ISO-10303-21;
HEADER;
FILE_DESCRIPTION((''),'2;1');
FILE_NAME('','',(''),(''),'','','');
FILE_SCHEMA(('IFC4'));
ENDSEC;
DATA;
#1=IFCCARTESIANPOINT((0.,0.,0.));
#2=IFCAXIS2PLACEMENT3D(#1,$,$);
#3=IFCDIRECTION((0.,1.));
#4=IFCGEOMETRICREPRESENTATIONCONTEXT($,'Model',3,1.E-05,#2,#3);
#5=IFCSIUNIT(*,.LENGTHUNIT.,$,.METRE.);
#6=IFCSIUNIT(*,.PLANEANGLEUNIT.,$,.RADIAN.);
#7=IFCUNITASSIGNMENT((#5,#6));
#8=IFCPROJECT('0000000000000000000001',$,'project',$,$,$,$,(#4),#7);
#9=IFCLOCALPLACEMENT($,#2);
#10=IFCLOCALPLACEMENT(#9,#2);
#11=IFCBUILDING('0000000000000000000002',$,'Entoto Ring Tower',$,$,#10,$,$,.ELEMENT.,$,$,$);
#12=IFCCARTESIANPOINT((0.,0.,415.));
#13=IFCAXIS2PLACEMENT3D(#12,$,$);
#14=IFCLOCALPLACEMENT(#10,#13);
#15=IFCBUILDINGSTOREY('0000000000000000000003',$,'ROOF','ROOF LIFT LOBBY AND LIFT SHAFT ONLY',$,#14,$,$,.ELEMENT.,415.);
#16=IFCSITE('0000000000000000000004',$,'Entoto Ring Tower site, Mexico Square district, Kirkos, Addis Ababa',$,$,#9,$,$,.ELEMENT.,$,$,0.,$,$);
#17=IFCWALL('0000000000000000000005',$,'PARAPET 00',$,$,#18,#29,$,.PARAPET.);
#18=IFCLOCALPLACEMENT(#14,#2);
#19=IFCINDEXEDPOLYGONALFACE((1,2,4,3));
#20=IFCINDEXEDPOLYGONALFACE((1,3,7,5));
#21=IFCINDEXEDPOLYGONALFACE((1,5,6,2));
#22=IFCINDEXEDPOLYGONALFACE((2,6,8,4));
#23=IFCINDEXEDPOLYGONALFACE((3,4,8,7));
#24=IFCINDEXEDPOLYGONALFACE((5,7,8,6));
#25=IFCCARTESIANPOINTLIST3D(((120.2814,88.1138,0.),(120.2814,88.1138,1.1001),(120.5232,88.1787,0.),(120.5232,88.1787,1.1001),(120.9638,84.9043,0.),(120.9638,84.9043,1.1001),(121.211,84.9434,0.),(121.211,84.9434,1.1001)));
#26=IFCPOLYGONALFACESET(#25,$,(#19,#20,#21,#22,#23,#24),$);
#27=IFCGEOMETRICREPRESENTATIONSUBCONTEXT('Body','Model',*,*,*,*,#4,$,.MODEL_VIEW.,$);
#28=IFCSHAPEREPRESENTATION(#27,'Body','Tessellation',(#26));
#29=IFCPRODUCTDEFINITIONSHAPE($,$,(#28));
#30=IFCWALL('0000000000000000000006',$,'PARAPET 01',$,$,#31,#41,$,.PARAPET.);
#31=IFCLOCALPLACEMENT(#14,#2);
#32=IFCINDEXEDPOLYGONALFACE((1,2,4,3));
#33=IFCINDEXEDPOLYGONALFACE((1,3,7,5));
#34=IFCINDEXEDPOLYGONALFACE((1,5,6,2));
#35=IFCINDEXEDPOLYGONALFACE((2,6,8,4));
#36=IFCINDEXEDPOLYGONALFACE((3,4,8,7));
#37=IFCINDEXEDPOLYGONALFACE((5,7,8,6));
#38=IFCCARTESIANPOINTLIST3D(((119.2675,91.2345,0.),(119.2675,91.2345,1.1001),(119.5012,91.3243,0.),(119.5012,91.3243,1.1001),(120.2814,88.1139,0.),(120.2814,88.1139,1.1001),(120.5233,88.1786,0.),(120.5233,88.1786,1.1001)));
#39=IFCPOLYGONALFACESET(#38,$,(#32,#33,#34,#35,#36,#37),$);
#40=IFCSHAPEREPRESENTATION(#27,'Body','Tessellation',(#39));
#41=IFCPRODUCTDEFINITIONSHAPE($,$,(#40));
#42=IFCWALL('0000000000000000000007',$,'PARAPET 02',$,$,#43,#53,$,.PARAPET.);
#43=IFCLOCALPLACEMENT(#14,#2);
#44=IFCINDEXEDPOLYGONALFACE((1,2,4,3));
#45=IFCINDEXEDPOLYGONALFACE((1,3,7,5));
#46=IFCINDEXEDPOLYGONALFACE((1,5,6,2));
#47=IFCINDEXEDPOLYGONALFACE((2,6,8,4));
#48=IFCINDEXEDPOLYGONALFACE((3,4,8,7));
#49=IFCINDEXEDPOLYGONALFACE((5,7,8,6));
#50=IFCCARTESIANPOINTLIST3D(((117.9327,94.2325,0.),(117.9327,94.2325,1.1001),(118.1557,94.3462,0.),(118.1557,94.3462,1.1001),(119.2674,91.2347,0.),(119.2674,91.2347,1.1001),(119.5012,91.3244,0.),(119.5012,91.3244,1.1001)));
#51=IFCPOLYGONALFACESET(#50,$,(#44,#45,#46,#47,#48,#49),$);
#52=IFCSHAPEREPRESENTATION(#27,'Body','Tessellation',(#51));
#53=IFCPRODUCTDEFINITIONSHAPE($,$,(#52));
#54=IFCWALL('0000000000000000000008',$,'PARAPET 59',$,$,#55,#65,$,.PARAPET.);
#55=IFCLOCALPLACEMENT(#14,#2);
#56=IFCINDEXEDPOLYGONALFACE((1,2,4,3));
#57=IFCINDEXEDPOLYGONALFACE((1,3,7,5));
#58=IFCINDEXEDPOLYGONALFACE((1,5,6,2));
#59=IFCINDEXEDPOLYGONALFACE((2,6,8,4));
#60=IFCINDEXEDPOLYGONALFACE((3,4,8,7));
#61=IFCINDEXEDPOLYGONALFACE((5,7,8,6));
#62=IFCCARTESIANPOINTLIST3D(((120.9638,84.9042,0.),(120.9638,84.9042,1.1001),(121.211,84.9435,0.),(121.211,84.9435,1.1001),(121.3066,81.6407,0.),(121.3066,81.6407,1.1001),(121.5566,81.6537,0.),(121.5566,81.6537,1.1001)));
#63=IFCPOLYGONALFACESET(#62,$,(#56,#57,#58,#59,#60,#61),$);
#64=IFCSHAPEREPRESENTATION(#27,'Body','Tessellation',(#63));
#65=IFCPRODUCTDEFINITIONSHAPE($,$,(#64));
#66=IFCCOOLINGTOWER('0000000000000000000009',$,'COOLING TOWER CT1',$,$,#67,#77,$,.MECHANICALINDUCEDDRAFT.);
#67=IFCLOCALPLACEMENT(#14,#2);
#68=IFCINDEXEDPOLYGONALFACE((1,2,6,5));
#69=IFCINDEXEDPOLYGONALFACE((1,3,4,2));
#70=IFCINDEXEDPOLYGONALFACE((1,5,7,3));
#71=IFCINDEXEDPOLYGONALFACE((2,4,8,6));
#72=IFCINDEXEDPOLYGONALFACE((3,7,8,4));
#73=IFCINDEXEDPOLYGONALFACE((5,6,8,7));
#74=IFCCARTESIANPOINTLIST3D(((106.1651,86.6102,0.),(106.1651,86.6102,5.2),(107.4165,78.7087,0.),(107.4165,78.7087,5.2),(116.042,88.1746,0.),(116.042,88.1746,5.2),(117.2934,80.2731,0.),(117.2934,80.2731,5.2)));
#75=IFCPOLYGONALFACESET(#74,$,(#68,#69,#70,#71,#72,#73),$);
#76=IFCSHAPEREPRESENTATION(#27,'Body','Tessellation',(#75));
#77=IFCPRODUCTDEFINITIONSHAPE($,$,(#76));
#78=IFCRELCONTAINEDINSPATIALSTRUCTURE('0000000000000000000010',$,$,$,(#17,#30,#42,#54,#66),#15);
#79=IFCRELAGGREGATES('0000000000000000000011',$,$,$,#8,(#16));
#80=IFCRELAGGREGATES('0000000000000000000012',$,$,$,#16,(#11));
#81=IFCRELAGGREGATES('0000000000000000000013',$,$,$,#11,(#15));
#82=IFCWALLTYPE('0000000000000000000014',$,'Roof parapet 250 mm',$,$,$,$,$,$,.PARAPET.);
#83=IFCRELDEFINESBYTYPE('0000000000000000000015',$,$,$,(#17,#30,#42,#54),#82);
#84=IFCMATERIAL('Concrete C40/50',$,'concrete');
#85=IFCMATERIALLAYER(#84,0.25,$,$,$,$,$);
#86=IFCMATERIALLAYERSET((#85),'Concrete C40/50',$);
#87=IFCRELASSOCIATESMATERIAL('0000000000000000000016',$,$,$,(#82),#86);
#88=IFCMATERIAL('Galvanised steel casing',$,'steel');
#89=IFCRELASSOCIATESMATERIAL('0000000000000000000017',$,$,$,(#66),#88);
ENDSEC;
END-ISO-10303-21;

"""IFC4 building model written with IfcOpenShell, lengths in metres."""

from ifc_helpers import new_model, si_unit, direction, frame, origin, origin_2d, place, context, subcontext, project, spatial, polyline, rectangle, outline, extrude, material, layer, layer_set, type_object, element, save


model = new_model("IFC4")

# Units and contexts
model_context = context("Model", 3, precision=1e-05, world=origin(), true_north=direction((0.0, 1.0)))
body_context = subcontext(model_context, "Body", "Model", "MODEL_VIEW")
ifc_project = project(units=[si_unit("LENGTHUNIT", "METRE"), si_unit("PLANEANGLEUNIT", "RADIAN")], contexts=[model_context])

# Site, building, storey
site_placement = place(None, origin())
site = spatial("IfcSite", under=ifc_project, at=site_placement, Name="Entoto Ring Tower site, Mexico Square district, Kirkos, Addis Ababa", CompositionType="ELEMENT", RefElevation=0.0)
building_placement = place(site_placement, origin())
building = spatial("IfcBuilding", under=site, at=building_placement, Name="Entoto Ring Tower", CompositionType="ELEMENT")
storey_placement = place(building_placement, frame((0.0, 0.0, 415.0)))
storey = spatial("IfcBuildingStorey", under=building, at=storey_placement, Name="ROOF", Description="ROOF LIFT LOBBY AND LIFT SHAFT ONLY", CompositionType="ELEMENT", Elevation=415.0)

# Walls
ifc_material_1 = material(Name="Concrete C40/50", Category="concrete")
ifc_layer = layer(ifc_material_1, 0.25)
ifc_layer_set = layer_set([ifc_layer], Name="Concrete C40/50")
wall_type = type_object("IfcWallType", Name="Roof parapet 250 mm", PredefinedType="PARAPET", material=ifc_layer_set)
for number, where, z_axis, x_axis, name in (
    (1, (121.0874, 84.9238, 0.0), (0.0, 0.0, 1.0), (-0.207945, 0.978141, 0.0), "PARAPET 00"),
    (2, (120.4023, 88.1462, 0.0), (0.0, 0.0, 1.0), (-0.309016, 0.951057, 0.0), "PARAPET 01"),
):
    element("IfcWall", number, at=place(storey_placement, frame(where, z_axis=z_axis, x_axis=x_axis)), inside=storey, type_object=wall_type, Name=name, PredefinedType="PARAPET", context=body_context, shape_type="SweptSolid", body=[
        extrude(outline(polyline([(-0.0066, -0.125), (3.301, -0.125), (3.2878, 0.125), (0.0066, 0.125), (-0.0066, -0.125)])), origin(), (0.0, 0.0, 1.0), 1.1001),
    ])
for number, where, z_axis, x_axis, name in (
    (3, (119.3843, 91.2795, 0.0), (0.0, 0.0, 1.0), (-0.40675, 0.913539, 0.0), "PARAPET 02"),
    (4, (121.4316, 81.6472, 0.0), (0.0, 0.0, 1.0), (-0.104484, 0.994527, 0.0), "PARAPET 59"),
):
    element("IfcWall", number, at=place(storey_placement, frame(where, z_axis=z_axis, x_axis=x_axis)), inside=storey, type_object=wall_type, Name=name, PredefinedType="PARAPET", context=body_context, shape_type="SweptSolid", body=[
        extrude(outline(polyline([(-0.0066, -0.125), (3.3013, -0.125), (3.2881, 0.125), (0.0066, 0.125), (-0.0066, -0.125)])), origin(), (0.0, 0.0, 1.0), 1.1001),
    ])

# Cooling tower
ifc_material_2 = material(Name="Galvanised steel casing", Category="steel")
cooling_tower_placement = place(storey_placement, frame((111.7292, 83.4417, 0.0), z_axis=(0.0, 0.0, 1.0), x_axis=(0.987688, 0.156434, 0.0)))
element("IfcCoolingTower", 5, at=cooling_tower_placement, inside=storey, material=ifc_material_2, Name="COOLING TOWER CT1", PredefinedType="MECHANICALINDUCEDDRAFT", context=body_context, shape_type="SweptSolid", body=[
    extrude(rectangle(XDim=10.0, YDim=8.0, at=origin_2d()), origin(), (0.0, 0.0, 1.0), 5.2),
])

save(model, "model.ifc")
